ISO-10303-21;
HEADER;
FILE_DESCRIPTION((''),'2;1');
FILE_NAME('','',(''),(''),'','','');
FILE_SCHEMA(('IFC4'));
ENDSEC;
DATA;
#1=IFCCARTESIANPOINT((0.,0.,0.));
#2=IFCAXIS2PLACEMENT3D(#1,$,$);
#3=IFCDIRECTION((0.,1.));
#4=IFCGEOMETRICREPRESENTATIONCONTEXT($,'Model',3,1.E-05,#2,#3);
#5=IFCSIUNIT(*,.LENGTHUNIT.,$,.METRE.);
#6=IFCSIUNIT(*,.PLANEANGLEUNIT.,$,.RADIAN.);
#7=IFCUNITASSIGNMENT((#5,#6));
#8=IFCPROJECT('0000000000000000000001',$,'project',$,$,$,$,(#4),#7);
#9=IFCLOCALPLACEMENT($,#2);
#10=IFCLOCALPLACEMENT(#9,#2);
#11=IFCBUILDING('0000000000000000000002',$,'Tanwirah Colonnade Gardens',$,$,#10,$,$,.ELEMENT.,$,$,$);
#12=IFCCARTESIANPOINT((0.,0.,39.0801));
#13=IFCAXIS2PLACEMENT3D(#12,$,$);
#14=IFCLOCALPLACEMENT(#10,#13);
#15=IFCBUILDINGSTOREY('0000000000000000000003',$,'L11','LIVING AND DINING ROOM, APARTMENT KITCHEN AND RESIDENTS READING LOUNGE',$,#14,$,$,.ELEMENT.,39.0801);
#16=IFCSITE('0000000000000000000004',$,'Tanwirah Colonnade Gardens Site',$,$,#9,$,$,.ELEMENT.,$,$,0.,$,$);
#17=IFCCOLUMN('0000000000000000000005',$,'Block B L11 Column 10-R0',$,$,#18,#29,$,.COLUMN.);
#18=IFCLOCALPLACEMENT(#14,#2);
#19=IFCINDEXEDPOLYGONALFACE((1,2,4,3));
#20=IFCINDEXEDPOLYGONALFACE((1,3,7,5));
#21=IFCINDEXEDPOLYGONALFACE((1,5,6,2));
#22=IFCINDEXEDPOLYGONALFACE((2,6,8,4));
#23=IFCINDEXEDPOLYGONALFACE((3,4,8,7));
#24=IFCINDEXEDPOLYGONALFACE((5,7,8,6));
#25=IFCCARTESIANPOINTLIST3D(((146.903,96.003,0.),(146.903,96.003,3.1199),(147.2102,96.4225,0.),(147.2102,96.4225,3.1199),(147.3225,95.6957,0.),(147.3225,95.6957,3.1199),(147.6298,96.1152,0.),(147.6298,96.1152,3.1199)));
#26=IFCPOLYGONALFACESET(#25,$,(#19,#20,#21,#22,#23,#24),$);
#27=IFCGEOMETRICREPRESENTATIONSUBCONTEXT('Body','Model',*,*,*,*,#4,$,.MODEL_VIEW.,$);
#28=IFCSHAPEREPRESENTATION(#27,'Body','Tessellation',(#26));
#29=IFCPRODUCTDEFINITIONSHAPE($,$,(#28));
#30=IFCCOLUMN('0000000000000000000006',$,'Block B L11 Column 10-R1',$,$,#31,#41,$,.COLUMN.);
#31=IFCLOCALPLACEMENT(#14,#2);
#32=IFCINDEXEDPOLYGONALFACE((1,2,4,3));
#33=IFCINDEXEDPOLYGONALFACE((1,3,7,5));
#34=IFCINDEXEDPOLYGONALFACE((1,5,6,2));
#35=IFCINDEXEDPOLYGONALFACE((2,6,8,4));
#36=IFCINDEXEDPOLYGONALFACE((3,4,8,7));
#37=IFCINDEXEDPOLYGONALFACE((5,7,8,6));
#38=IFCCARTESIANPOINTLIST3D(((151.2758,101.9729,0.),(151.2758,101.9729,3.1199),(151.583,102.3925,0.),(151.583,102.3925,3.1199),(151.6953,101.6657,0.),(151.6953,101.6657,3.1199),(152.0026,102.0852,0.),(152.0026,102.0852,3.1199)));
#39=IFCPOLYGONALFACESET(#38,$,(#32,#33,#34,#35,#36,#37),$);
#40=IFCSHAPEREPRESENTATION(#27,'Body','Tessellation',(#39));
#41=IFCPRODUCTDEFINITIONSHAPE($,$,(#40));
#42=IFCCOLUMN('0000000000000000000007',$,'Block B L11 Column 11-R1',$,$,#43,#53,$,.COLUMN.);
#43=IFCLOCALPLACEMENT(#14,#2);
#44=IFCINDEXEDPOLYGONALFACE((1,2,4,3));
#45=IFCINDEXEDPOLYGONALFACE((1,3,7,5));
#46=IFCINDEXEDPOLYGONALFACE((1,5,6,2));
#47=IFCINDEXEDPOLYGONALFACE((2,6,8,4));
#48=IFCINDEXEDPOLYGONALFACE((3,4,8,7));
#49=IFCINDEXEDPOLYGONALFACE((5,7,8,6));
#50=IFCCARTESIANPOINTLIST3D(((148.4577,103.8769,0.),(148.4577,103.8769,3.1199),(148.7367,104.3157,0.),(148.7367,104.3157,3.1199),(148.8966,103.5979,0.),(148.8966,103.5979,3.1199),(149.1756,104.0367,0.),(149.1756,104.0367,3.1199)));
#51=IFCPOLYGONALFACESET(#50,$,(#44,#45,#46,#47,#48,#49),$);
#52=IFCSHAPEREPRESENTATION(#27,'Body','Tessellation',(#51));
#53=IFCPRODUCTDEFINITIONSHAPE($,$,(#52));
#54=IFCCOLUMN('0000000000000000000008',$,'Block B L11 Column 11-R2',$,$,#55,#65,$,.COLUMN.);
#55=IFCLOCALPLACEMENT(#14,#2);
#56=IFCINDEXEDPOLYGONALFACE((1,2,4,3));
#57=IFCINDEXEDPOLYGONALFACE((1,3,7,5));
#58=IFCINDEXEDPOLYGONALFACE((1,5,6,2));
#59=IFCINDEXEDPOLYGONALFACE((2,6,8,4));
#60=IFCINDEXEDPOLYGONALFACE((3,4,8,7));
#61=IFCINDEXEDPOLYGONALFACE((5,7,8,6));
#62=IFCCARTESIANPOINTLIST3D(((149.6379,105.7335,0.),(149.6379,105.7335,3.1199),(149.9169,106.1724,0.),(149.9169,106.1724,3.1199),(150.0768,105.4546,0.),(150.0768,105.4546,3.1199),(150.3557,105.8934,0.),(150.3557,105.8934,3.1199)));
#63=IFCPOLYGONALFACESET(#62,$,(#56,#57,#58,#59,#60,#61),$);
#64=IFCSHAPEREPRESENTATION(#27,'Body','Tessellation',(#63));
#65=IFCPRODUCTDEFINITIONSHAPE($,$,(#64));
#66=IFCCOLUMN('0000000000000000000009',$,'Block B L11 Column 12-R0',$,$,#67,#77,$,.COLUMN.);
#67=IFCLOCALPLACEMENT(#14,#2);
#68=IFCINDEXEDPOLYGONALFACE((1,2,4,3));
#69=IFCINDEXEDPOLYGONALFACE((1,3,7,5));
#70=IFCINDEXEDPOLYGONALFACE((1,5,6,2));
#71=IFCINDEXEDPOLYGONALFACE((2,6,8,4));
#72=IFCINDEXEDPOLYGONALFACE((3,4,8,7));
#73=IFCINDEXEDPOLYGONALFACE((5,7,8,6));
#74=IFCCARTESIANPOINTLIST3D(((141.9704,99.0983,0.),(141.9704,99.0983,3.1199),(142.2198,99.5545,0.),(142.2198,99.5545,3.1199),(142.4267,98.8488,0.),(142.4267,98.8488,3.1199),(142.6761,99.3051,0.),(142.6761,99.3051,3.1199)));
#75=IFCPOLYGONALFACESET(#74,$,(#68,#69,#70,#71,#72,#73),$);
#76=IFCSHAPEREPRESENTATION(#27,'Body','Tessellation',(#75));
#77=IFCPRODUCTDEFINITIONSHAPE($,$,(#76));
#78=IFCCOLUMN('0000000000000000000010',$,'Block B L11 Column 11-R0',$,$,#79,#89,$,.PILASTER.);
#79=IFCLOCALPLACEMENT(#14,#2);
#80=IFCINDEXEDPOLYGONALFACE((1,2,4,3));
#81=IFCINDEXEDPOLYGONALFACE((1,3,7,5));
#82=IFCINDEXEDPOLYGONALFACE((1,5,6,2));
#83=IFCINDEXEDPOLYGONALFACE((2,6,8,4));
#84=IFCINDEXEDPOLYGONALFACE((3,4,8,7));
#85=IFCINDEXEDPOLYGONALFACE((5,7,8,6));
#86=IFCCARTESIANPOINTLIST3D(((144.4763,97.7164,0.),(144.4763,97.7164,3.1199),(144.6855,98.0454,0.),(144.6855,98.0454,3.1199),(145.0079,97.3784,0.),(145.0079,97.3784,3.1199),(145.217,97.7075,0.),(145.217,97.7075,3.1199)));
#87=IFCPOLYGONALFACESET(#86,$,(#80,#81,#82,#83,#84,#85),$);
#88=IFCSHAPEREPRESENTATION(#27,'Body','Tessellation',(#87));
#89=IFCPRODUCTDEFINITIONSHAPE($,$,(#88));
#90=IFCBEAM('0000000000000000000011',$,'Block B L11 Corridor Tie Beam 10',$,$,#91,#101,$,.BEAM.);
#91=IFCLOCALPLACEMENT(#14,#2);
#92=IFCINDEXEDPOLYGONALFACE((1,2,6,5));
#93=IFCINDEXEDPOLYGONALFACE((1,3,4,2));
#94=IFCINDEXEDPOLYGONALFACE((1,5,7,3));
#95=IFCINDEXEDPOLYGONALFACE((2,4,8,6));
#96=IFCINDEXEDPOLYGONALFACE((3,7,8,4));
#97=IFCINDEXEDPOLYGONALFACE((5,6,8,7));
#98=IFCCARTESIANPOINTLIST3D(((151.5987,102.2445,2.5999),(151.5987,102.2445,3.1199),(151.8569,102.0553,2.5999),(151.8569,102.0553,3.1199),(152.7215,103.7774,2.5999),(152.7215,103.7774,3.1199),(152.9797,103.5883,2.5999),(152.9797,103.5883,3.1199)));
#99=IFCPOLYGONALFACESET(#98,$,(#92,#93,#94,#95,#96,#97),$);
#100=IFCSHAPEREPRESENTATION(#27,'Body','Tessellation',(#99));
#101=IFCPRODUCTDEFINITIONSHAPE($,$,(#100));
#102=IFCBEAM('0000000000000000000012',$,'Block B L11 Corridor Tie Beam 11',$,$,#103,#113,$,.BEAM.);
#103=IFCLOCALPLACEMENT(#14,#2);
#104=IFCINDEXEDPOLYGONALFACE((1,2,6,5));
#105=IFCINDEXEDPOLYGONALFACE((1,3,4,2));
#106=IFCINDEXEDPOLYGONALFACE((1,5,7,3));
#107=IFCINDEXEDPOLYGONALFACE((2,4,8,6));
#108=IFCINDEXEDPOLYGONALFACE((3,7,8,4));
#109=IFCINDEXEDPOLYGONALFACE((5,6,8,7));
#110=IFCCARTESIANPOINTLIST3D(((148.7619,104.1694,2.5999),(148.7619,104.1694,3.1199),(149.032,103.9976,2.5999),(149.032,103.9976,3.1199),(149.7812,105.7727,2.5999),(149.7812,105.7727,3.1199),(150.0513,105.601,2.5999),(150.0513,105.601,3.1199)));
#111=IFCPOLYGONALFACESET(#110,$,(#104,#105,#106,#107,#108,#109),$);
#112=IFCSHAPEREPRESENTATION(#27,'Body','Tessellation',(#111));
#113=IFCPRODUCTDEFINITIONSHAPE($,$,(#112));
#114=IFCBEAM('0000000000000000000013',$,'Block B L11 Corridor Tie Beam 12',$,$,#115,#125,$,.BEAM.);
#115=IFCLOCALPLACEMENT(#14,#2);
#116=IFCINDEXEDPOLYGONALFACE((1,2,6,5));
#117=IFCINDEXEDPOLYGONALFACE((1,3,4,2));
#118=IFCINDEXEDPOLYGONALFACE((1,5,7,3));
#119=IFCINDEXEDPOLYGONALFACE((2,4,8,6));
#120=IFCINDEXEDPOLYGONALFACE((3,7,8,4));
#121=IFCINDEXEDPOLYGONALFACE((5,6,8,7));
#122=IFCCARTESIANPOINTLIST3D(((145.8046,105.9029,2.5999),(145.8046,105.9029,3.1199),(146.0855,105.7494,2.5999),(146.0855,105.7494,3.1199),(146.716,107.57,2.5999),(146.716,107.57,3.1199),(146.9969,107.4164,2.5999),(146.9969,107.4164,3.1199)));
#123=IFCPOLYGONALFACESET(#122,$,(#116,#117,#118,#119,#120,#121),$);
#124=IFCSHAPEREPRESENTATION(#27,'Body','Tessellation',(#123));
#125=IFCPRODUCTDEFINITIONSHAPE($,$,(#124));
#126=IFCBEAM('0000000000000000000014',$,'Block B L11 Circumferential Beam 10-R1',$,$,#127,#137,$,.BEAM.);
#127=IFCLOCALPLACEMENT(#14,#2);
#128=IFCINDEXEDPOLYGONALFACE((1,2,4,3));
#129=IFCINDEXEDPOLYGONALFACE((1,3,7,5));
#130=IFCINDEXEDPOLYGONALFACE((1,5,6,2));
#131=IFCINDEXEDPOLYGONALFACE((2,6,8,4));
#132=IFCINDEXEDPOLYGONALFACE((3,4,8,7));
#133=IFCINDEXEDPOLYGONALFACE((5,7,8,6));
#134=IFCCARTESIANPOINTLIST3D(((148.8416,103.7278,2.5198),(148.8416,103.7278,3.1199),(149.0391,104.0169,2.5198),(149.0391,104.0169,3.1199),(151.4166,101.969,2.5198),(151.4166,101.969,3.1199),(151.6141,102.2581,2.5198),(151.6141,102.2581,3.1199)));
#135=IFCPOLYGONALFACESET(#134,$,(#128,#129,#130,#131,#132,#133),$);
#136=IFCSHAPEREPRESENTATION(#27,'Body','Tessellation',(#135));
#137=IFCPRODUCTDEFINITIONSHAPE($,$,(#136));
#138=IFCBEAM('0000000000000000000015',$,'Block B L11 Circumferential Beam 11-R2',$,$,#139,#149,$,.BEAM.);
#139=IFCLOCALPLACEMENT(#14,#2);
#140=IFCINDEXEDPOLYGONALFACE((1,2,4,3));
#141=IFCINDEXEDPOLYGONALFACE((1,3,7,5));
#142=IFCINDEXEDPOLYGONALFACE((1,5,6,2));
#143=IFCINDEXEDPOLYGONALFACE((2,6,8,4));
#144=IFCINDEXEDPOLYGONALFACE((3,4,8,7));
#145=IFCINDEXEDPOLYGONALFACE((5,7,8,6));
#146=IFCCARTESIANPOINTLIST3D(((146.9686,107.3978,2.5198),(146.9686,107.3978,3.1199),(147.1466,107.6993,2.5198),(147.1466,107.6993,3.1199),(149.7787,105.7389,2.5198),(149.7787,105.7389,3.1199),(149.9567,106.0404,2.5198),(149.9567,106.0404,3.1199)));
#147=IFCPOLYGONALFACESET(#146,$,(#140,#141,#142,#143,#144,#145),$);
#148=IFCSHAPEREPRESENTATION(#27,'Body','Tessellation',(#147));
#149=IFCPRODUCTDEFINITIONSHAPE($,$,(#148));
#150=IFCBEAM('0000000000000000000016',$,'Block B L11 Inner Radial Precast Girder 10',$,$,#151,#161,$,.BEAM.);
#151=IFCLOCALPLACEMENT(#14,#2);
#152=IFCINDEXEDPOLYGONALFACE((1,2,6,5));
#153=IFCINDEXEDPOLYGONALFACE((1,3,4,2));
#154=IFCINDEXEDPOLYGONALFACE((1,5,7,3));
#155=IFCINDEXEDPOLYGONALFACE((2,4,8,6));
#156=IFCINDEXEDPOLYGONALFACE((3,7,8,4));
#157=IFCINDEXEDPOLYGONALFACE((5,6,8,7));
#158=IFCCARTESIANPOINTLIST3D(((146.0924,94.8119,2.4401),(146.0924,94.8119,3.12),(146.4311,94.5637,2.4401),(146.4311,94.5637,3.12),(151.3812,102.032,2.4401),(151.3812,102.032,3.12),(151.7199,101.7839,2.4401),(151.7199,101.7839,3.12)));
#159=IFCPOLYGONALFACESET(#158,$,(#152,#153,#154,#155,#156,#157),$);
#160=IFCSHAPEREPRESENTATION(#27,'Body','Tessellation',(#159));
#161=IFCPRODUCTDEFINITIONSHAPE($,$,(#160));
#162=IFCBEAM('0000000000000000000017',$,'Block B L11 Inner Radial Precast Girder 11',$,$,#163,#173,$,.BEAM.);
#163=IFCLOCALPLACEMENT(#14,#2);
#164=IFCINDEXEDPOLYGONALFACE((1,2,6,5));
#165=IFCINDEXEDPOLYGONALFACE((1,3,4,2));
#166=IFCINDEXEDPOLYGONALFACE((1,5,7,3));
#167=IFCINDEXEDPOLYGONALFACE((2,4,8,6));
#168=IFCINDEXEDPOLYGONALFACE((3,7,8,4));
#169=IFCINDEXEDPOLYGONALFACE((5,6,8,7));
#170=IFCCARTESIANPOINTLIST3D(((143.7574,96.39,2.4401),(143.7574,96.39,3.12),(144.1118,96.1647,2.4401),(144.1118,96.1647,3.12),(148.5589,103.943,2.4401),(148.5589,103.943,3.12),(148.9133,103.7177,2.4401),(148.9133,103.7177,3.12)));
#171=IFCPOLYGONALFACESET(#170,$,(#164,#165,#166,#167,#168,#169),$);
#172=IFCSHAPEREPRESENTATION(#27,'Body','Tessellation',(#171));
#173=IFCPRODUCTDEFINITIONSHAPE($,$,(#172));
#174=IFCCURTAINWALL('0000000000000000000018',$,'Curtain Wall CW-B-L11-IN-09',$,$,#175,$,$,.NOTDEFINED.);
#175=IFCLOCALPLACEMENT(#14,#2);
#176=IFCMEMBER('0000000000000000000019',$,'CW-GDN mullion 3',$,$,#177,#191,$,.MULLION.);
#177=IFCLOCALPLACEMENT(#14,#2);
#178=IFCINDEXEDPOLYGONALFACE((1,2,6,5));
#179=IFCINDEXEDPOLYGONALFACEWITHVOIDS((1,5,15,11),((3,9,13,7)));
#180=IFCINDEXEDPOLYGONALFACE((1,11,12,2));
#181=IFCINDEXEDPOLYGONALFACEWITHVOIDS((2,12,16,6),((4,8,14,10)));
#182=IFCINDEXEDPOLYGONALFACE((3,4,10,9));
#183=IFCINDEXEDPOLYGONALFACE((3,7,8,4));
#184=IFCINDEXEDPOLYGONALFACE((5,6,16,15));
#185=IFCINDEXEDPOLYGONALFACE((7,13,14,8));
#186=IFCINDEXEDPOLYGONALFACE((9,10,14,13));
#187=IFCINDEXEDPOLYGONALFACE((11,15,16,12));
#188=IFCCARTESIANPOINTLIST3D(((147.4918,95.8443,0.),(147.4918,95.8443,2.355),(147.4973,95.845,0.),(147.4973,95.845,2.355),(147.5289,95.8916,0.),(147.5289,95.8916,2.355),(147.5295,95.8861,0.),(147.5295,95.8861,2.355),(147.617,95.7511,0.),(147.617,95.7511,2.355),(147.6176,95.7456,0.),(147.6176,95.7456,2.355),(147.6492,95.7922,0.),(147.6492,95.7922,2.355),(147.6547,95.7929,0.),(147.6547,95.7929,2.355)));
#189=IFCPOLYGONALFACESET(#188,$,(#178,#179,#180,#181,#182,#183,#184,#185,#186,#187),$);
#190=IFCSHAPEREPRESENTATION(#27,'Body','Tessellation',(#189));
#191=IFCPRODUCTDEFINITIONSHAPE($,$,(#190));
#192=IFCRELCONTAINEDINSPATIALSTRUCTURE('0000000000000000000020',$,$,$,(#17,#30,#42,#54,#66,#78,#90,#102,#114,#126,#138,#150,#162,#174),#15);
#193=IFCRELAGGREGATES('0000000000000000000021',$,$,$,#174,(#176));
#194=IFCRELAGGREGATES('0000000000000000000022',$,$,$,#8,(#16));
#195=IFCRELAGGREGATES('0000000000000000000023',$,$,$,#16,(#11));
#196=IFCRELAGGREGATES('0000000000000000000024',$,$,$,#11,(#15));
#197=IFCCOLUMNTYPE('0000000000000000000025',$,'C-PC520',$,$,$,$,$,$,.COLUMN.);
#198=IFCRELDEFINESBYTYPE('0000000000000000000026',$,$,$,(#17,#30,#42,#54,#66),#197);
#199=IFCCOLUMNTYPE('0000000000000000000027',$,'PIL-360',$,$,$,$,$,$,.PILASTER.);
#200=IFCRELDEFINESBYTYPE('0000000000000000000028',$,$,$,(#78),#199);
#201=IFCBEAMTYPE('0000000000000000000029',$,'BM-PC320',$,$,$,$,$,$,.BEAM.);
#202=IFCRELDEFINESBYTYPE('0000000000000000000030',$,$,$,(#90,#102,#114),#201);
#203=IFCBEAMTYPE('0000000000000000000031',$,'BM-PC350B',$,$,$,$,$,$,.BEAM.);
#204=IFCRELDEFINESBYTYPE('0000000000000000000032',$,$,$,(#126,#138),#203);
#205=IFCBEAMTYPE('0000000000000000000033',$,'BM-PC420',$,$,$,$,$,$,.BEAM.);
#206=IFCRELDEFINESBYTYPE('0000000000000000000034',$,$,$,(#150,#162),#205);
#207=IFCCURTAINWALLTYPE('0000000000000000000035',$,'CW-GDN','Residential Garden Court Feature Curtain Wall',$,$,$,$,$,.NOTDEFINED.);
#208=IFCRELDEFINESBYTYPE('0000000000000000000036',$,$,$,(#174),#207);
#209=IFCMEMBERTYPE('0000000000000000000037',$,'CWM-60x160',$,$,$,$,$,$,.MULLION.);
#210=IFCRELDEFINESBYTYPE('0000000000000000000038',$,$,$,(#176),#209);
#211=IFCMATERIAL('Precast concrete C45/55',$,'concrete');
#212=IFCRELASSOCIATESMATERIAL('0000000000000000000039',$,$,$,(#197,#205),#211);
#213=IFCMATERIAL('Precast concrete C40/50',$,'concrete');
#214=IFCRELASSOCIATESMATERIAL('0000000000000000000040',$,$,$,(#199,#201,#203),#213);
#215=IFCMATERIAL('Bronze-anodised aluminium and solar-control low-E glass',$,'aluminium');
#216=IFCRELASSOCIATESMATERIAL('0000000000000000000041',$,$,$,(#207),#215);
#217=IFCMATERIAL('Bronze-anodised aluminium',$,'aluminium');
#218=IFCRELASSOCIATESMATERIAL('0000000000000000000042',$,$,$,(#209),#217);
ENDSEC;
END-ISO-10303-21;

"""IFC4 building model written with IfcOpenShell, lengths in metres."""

from ifc_helpers import new_model, si_unit, direction, frame, origin, origin_2d, place, context, subcontext, project, spatial, rectangle, hollow_rectangle, extrude, material, material_profile, profile_set, type_object, element, aggregate, save


model = new_model("IFC4")

# Units and contexts
model_context = context("Model", 3, precision=1e-05, world=origin(), true_north=direction((0.0, 1.0)))
body_context = subcontext(model_context, "Body", "Model", "MODEL_VIEW")
ifc_project = project(units=[si_unit("LENGTHUNIT", "METRE"), si_unit("PLANEANGLEUNIT", "RADIAN")], contexts=[model_context])

# Site, building, storey
site_placement = place(None, origin())
site = spatial("IfcSite", under=ifc_project, at=site_placement, Name="Tanwirah Colonnade Gardens Site", CompositionType="ELEMENT", RefElevation=0.0)
building_placement = place(site_placement, origin())
building = spatial("IfcBuilding", under=site, at=building_placement, Name="Tanwirah Colonnade Gardens", CompositionType="ELEMENT")
storey_placement = place(building_placement, frame((0.0, 0.0, 39.0801)))
storey = spatial("IfcBuildingStorey", under=building, at=storey_placement, Name="L11", Description="LIVING AND DINING ROOM, APARTMENT KITCHEN AND RESIDENTS READING LOUNGE", CompositionType="ELEMENT", Elevation=39.0801)

# Columns
ifc_material_1 = material(Name="Precast concrete C45/55", Category="concrete")
ifc_material_profile_1 = material_profile(ifc_material_1, rectangle(XDim=0.52, YDim=0.52, at=origin_2d()), Name="PC-COL 520x520")
ifc_profile_set_1 = profile_set([ifc_material_profile_1], Name="Precast concrete C45/55")
column_type_1 = type_object("IfcColumnType", Name="C-PC520", PredefinedType="COLUMN", material=ifc_profile_set_1)
for number, where, z_axis, x_axis, name in (
    (1, (147.2664, 96.0591, 0.0), (0.0, 0.0, 1.0), (0.590919, 0.806731, 0.0), "Block B L11 Column 10-R0"),
    (2, (151.6392, 102.0291, 0.0), (0.0, 0.0, 1.0), (0.590919, 0.806731, 0.0), "Block B L11 Column 10-R1"),
    (3, (148.8167, 103.9568, 0.0), (0.0, 0.0, 1.0), (0.536482, 0.843912, 0.0), "Block B L11 Column 11-R1"),
    (4, (149.9968, 105.8135, 0.0), (0.0, 0.0, 1.0), (0.536482, 0.843912, 0.0), "Block B L11 Column 11-R2"),
    (5, (142.3232, 99.2017, 0.0), (0.0, 0.0, 1.0), (0.479713, 0.877425, 0.0), "Block B L11 Column 12-R0"),
):
    element("IfcColumn", number, at=place(storey_placement, frame(where, z_axis=z_axis, x_axis=x_axis)), inside=storey, type_object=column_type_1, Name=name, PredefinedType="COLUMN", context=body_context, shape_type="SweptSolid", body=[
        extrude(rectangle(XDim=0.52, YDim=0.52, at=origin_2d()), origin(), (0.0, 0.0, 1.0), 3.1199),
    ])
ifc_material_2 = material(Name="Precast concrete C40/50", Category="concrete")
ifc_material_profile_2 = material_profile(ifc_material_2, rectangle(XDim=0.3899, YDim=0.6299, at=origin_2d()), Name="PC-PIL 390x630")
ifc_profile_set_2 = profile_set([ifc_material_profile_2], Name="Precast concrete C40/50")
column_type_2 = type_object("IfcColumnType", Name="PIL-360", PredefinedType="PILASTER", material=ifc_profile_set_2)
column_placement = place(storey_placement, frame((144.8467, 97.7119, 0.0), z_axis=(0.0, 0.0, 1.0), x_axis=(0.536482, 0.843912, 0.0)))
element("IfcColumn", 6, at=column_placement, inside=storey, type_object=column_type_2, Name="Block B L11 Column 11-R0", PredefinedType="PILASTER", context=body_context, shape_type="SweptSolid", body=[
    extrude(rectangle(XDim=0.3899, YDim=0.6299, at=origin_2d()), origin(), (0.0, 0.0, 1.0), 3.1199),
])

# Beams
ifc_material_profile_3 = material_profile(ifc_material_2, rectangle(XDim=0.3201, YDim=0.52, at=origin_2d()), Name="PC-BM 320x520")
ifc_profile_set_3 = profile_set([ifc_material_profile_3], Name="Precast concrete C40/50")
beam_type_1 = type_object("IfcBeamType", Name="BM-PC320", PredefinedType="BEAM", material=ifc_profile_set_3)
beam_1_placement = place(storey_placement, frame((151.7278, 102.1499, 2.8599), z_axis=(0.590896, 0.806748, 0.0), x_axis=(-0.806748, 0.590896, 0.0)))
element("IfcBeam", 7, at=beam_1_placement, inside=storey, type_object=beam_type_1, Name="Block B L11 Corridor Tie Beam 10", PredefinedType="BEAM", context=body_context, shape_type="SweptSolid", body=[
    extrude(rectangle(XDim=0.3201, YDim=0.52, at=origin_2d()), origin(), (0.0, 0.0, 1.0), 1.9001),
])
for number, where, z_axis, x_axis, name in (
    (8, (148.897, 104.0835, 2.8599), (0.53651, 0.843894, 0.0), (-0.843894, 0.53651, 0.0), "Block B L11 Corridor Tie Beam 11"),
    (9, (145.9451, 105.8262, 2.8599), (0.479707, 0.877429, 0.0), (-0.877429, 0.479707, 0.0), "Block B L11 Corridor Tie Beam 12"),
):
    element("IfcBeam", number, at=place(storey_placement, frame(where, z_axis=z_axis, x_axis=x_axis)), inside=storey, type_object=beam_type_1, Name=name, PredefinedType="BEAM", context=body_context, shape_type="SweptSolid", body=[
        extrude(rectangle(XDim=0.3201, YDim=0.52, at=origin_2d()), origin(), (0.0, 0.0, 1.0), 1.8999),
    ])
ifc_material_profile_4 = material_profile(ifc_material_2, rectangle(XDim=0.3501, YDim=0.6001, at=origin_2d()), Name="PC-BM 350x600")
ifc_profile_set_4 = profile_set([ifc_material_profile_4], Name="Precast concrete C40/50")
beam_type_2 = type_object("IfcBeamType", Name="BM-PC350B", PredefinedType="BEAM", material=ifc_profile_set_4)
beam_2_placement = place(storey_placement, frame((151.5154, 102.1135, 2.8198), z_axis=(-0.825758, 0.564024, 0.0), x_axis=(-0.564024, -0.825758, 0.0)))
element("IfcBeam", 10, at=beam_2_placement, inside=storey, type_object=beam_type_2, Name="Block B L11 Circumferential Beam 10-R1", PredefinedType="BEAM", context=body_context, shape_type="SweptSolid", body=[
    extrude(rectangle(XDim=0.3501, YDim=0.6001, at=origin_2d()), origin(), (0.0, 0.0, 1.0), 3.1184),
])
beam_3_placement = place(storey_placement, frame((149.8677, 105.8896, 2.8198), z_axis=(-0.861135, 0.508376, 0.0), x_axis=(-0.508376, -0.861135, 0.0)))
element("IfcBeam", 11, at=beam_3_placement, inside=storey, type_object=beam_type_2, Name="Block B L11 Circumferential Beam 11-R2", PredefinedType="BEAM", context=body_context, shape_type="SweptSolid", body=[
    extrude(rectangle(XDim=0.3501, YDim=0.6001, at=origin_2d()), origin(), (0.0, 0.0, 1.0), 3.2632),
])
ifc_material_profile_5 = material_profile(ifc_material_1, rectangle(XDim=0.4199, YDim=0.6799, at=origin_2d()), Name="PC-BM 420x680")
ifc_profile_set_5 = profile_set([ifc_material_profile_5], Name="Precast concrete C45/55")
beam_type_3 = type_object("IfcBeamType", Name="BM-PC420", PredefinedType="BEAM", material=ifc_profile_set_5)
for number, where, z_axis, x_axis, name in (
    (12, (151.5505, 101.908, 2.78), (-0.590927, -0.806725, 0.0), (0.806725, -0.590927, 0.0), "Block B L11 Inner Radial Precast Girder 10"),
    (13, (148.7361, 103.8303, 2.78), (-0.536484, -0.843911, 0.0), (0.843911, -0.536484, 0.0), "Block B L11 Inner Radial Precast Girder 11"),
):
    element("IfcBeam", number, at=place(storey_placement, frame(where, z_axis=z_axis, x_axis=x_axis)), inside=storey, type_object=beam_type_3, Name=name, PredefinedType="BEAM", context=body_context, shape_type="SweptSolid", body=[
        extrude(rectangle(XDim=0.4199, YDim=0.6799, at=origin_2d()), origin(), (0.0, 0.0, 1.0), 8.95),
    ])

# Curtain wall, member
ifc_material_3 = material(Name="Bronze-anodised aluminium and solar-control low-E glass", Category="aluminium")
curtain_wall_type = type_object("IfcCurtainWallType", Name="CW-GDN", Description="Residential Garden Court Feature Curtain Wall", PredefinedType="NOTDEFINED", material=ifc_material_3)
curtain_wall_placement = place(storey_placement, origin())
curtain_wall = element("IfcCurtainWall", 14, at=curtain_wall_placement, inside=storey, type_object=curtain_wall_type, Name="Curtain Wall CW-B-L11-IN-09", PredefinedType="NOTDEFINED")
ifc_material_4 = material(Name="Bronze-anodised aluminium", Category="aluminium")
ifc_material_profile_6 = material_profile(ifc_material_4, hollow_rectangle(XDim=0.0601, YDim=0.1599, WallThickness=0.0039, at=origin_2d()), Name="CW-MUL 60x160x4")
ifc_profile_set_6 = profile_set([ifc_material_profile_6], Name="Bronze-anodised aluminium")
member_type = type_object("IfcMemberType", Name="CWM-60x160", PredefinedType="MULLION", material=ifc_profile_set_6)
member_placement = place(storey_placement, frame((147.5732, 95.8186, 0.0), z_axis=(0.0, 0.0, 1.0), x_axis=(-0.617189, -0.786815, 0.0)))
member = element("IfcMember", 15, at=member_placement, type_object=member_type, Name="CW-GDN mullion 3", PredefinedType="MULLION", context=body_context, shape_type="SweptSolid", body=[
    extrude(hollow_rectangle(XDim=0.0601, YDim=0.1599, WallThickness=0.0039, at=origin_2d()), origin(), (0.0, 0.0, 1.0), 2.355),
])
aggregate(curtain_wall, [member])

save(model, "model.ifc")
